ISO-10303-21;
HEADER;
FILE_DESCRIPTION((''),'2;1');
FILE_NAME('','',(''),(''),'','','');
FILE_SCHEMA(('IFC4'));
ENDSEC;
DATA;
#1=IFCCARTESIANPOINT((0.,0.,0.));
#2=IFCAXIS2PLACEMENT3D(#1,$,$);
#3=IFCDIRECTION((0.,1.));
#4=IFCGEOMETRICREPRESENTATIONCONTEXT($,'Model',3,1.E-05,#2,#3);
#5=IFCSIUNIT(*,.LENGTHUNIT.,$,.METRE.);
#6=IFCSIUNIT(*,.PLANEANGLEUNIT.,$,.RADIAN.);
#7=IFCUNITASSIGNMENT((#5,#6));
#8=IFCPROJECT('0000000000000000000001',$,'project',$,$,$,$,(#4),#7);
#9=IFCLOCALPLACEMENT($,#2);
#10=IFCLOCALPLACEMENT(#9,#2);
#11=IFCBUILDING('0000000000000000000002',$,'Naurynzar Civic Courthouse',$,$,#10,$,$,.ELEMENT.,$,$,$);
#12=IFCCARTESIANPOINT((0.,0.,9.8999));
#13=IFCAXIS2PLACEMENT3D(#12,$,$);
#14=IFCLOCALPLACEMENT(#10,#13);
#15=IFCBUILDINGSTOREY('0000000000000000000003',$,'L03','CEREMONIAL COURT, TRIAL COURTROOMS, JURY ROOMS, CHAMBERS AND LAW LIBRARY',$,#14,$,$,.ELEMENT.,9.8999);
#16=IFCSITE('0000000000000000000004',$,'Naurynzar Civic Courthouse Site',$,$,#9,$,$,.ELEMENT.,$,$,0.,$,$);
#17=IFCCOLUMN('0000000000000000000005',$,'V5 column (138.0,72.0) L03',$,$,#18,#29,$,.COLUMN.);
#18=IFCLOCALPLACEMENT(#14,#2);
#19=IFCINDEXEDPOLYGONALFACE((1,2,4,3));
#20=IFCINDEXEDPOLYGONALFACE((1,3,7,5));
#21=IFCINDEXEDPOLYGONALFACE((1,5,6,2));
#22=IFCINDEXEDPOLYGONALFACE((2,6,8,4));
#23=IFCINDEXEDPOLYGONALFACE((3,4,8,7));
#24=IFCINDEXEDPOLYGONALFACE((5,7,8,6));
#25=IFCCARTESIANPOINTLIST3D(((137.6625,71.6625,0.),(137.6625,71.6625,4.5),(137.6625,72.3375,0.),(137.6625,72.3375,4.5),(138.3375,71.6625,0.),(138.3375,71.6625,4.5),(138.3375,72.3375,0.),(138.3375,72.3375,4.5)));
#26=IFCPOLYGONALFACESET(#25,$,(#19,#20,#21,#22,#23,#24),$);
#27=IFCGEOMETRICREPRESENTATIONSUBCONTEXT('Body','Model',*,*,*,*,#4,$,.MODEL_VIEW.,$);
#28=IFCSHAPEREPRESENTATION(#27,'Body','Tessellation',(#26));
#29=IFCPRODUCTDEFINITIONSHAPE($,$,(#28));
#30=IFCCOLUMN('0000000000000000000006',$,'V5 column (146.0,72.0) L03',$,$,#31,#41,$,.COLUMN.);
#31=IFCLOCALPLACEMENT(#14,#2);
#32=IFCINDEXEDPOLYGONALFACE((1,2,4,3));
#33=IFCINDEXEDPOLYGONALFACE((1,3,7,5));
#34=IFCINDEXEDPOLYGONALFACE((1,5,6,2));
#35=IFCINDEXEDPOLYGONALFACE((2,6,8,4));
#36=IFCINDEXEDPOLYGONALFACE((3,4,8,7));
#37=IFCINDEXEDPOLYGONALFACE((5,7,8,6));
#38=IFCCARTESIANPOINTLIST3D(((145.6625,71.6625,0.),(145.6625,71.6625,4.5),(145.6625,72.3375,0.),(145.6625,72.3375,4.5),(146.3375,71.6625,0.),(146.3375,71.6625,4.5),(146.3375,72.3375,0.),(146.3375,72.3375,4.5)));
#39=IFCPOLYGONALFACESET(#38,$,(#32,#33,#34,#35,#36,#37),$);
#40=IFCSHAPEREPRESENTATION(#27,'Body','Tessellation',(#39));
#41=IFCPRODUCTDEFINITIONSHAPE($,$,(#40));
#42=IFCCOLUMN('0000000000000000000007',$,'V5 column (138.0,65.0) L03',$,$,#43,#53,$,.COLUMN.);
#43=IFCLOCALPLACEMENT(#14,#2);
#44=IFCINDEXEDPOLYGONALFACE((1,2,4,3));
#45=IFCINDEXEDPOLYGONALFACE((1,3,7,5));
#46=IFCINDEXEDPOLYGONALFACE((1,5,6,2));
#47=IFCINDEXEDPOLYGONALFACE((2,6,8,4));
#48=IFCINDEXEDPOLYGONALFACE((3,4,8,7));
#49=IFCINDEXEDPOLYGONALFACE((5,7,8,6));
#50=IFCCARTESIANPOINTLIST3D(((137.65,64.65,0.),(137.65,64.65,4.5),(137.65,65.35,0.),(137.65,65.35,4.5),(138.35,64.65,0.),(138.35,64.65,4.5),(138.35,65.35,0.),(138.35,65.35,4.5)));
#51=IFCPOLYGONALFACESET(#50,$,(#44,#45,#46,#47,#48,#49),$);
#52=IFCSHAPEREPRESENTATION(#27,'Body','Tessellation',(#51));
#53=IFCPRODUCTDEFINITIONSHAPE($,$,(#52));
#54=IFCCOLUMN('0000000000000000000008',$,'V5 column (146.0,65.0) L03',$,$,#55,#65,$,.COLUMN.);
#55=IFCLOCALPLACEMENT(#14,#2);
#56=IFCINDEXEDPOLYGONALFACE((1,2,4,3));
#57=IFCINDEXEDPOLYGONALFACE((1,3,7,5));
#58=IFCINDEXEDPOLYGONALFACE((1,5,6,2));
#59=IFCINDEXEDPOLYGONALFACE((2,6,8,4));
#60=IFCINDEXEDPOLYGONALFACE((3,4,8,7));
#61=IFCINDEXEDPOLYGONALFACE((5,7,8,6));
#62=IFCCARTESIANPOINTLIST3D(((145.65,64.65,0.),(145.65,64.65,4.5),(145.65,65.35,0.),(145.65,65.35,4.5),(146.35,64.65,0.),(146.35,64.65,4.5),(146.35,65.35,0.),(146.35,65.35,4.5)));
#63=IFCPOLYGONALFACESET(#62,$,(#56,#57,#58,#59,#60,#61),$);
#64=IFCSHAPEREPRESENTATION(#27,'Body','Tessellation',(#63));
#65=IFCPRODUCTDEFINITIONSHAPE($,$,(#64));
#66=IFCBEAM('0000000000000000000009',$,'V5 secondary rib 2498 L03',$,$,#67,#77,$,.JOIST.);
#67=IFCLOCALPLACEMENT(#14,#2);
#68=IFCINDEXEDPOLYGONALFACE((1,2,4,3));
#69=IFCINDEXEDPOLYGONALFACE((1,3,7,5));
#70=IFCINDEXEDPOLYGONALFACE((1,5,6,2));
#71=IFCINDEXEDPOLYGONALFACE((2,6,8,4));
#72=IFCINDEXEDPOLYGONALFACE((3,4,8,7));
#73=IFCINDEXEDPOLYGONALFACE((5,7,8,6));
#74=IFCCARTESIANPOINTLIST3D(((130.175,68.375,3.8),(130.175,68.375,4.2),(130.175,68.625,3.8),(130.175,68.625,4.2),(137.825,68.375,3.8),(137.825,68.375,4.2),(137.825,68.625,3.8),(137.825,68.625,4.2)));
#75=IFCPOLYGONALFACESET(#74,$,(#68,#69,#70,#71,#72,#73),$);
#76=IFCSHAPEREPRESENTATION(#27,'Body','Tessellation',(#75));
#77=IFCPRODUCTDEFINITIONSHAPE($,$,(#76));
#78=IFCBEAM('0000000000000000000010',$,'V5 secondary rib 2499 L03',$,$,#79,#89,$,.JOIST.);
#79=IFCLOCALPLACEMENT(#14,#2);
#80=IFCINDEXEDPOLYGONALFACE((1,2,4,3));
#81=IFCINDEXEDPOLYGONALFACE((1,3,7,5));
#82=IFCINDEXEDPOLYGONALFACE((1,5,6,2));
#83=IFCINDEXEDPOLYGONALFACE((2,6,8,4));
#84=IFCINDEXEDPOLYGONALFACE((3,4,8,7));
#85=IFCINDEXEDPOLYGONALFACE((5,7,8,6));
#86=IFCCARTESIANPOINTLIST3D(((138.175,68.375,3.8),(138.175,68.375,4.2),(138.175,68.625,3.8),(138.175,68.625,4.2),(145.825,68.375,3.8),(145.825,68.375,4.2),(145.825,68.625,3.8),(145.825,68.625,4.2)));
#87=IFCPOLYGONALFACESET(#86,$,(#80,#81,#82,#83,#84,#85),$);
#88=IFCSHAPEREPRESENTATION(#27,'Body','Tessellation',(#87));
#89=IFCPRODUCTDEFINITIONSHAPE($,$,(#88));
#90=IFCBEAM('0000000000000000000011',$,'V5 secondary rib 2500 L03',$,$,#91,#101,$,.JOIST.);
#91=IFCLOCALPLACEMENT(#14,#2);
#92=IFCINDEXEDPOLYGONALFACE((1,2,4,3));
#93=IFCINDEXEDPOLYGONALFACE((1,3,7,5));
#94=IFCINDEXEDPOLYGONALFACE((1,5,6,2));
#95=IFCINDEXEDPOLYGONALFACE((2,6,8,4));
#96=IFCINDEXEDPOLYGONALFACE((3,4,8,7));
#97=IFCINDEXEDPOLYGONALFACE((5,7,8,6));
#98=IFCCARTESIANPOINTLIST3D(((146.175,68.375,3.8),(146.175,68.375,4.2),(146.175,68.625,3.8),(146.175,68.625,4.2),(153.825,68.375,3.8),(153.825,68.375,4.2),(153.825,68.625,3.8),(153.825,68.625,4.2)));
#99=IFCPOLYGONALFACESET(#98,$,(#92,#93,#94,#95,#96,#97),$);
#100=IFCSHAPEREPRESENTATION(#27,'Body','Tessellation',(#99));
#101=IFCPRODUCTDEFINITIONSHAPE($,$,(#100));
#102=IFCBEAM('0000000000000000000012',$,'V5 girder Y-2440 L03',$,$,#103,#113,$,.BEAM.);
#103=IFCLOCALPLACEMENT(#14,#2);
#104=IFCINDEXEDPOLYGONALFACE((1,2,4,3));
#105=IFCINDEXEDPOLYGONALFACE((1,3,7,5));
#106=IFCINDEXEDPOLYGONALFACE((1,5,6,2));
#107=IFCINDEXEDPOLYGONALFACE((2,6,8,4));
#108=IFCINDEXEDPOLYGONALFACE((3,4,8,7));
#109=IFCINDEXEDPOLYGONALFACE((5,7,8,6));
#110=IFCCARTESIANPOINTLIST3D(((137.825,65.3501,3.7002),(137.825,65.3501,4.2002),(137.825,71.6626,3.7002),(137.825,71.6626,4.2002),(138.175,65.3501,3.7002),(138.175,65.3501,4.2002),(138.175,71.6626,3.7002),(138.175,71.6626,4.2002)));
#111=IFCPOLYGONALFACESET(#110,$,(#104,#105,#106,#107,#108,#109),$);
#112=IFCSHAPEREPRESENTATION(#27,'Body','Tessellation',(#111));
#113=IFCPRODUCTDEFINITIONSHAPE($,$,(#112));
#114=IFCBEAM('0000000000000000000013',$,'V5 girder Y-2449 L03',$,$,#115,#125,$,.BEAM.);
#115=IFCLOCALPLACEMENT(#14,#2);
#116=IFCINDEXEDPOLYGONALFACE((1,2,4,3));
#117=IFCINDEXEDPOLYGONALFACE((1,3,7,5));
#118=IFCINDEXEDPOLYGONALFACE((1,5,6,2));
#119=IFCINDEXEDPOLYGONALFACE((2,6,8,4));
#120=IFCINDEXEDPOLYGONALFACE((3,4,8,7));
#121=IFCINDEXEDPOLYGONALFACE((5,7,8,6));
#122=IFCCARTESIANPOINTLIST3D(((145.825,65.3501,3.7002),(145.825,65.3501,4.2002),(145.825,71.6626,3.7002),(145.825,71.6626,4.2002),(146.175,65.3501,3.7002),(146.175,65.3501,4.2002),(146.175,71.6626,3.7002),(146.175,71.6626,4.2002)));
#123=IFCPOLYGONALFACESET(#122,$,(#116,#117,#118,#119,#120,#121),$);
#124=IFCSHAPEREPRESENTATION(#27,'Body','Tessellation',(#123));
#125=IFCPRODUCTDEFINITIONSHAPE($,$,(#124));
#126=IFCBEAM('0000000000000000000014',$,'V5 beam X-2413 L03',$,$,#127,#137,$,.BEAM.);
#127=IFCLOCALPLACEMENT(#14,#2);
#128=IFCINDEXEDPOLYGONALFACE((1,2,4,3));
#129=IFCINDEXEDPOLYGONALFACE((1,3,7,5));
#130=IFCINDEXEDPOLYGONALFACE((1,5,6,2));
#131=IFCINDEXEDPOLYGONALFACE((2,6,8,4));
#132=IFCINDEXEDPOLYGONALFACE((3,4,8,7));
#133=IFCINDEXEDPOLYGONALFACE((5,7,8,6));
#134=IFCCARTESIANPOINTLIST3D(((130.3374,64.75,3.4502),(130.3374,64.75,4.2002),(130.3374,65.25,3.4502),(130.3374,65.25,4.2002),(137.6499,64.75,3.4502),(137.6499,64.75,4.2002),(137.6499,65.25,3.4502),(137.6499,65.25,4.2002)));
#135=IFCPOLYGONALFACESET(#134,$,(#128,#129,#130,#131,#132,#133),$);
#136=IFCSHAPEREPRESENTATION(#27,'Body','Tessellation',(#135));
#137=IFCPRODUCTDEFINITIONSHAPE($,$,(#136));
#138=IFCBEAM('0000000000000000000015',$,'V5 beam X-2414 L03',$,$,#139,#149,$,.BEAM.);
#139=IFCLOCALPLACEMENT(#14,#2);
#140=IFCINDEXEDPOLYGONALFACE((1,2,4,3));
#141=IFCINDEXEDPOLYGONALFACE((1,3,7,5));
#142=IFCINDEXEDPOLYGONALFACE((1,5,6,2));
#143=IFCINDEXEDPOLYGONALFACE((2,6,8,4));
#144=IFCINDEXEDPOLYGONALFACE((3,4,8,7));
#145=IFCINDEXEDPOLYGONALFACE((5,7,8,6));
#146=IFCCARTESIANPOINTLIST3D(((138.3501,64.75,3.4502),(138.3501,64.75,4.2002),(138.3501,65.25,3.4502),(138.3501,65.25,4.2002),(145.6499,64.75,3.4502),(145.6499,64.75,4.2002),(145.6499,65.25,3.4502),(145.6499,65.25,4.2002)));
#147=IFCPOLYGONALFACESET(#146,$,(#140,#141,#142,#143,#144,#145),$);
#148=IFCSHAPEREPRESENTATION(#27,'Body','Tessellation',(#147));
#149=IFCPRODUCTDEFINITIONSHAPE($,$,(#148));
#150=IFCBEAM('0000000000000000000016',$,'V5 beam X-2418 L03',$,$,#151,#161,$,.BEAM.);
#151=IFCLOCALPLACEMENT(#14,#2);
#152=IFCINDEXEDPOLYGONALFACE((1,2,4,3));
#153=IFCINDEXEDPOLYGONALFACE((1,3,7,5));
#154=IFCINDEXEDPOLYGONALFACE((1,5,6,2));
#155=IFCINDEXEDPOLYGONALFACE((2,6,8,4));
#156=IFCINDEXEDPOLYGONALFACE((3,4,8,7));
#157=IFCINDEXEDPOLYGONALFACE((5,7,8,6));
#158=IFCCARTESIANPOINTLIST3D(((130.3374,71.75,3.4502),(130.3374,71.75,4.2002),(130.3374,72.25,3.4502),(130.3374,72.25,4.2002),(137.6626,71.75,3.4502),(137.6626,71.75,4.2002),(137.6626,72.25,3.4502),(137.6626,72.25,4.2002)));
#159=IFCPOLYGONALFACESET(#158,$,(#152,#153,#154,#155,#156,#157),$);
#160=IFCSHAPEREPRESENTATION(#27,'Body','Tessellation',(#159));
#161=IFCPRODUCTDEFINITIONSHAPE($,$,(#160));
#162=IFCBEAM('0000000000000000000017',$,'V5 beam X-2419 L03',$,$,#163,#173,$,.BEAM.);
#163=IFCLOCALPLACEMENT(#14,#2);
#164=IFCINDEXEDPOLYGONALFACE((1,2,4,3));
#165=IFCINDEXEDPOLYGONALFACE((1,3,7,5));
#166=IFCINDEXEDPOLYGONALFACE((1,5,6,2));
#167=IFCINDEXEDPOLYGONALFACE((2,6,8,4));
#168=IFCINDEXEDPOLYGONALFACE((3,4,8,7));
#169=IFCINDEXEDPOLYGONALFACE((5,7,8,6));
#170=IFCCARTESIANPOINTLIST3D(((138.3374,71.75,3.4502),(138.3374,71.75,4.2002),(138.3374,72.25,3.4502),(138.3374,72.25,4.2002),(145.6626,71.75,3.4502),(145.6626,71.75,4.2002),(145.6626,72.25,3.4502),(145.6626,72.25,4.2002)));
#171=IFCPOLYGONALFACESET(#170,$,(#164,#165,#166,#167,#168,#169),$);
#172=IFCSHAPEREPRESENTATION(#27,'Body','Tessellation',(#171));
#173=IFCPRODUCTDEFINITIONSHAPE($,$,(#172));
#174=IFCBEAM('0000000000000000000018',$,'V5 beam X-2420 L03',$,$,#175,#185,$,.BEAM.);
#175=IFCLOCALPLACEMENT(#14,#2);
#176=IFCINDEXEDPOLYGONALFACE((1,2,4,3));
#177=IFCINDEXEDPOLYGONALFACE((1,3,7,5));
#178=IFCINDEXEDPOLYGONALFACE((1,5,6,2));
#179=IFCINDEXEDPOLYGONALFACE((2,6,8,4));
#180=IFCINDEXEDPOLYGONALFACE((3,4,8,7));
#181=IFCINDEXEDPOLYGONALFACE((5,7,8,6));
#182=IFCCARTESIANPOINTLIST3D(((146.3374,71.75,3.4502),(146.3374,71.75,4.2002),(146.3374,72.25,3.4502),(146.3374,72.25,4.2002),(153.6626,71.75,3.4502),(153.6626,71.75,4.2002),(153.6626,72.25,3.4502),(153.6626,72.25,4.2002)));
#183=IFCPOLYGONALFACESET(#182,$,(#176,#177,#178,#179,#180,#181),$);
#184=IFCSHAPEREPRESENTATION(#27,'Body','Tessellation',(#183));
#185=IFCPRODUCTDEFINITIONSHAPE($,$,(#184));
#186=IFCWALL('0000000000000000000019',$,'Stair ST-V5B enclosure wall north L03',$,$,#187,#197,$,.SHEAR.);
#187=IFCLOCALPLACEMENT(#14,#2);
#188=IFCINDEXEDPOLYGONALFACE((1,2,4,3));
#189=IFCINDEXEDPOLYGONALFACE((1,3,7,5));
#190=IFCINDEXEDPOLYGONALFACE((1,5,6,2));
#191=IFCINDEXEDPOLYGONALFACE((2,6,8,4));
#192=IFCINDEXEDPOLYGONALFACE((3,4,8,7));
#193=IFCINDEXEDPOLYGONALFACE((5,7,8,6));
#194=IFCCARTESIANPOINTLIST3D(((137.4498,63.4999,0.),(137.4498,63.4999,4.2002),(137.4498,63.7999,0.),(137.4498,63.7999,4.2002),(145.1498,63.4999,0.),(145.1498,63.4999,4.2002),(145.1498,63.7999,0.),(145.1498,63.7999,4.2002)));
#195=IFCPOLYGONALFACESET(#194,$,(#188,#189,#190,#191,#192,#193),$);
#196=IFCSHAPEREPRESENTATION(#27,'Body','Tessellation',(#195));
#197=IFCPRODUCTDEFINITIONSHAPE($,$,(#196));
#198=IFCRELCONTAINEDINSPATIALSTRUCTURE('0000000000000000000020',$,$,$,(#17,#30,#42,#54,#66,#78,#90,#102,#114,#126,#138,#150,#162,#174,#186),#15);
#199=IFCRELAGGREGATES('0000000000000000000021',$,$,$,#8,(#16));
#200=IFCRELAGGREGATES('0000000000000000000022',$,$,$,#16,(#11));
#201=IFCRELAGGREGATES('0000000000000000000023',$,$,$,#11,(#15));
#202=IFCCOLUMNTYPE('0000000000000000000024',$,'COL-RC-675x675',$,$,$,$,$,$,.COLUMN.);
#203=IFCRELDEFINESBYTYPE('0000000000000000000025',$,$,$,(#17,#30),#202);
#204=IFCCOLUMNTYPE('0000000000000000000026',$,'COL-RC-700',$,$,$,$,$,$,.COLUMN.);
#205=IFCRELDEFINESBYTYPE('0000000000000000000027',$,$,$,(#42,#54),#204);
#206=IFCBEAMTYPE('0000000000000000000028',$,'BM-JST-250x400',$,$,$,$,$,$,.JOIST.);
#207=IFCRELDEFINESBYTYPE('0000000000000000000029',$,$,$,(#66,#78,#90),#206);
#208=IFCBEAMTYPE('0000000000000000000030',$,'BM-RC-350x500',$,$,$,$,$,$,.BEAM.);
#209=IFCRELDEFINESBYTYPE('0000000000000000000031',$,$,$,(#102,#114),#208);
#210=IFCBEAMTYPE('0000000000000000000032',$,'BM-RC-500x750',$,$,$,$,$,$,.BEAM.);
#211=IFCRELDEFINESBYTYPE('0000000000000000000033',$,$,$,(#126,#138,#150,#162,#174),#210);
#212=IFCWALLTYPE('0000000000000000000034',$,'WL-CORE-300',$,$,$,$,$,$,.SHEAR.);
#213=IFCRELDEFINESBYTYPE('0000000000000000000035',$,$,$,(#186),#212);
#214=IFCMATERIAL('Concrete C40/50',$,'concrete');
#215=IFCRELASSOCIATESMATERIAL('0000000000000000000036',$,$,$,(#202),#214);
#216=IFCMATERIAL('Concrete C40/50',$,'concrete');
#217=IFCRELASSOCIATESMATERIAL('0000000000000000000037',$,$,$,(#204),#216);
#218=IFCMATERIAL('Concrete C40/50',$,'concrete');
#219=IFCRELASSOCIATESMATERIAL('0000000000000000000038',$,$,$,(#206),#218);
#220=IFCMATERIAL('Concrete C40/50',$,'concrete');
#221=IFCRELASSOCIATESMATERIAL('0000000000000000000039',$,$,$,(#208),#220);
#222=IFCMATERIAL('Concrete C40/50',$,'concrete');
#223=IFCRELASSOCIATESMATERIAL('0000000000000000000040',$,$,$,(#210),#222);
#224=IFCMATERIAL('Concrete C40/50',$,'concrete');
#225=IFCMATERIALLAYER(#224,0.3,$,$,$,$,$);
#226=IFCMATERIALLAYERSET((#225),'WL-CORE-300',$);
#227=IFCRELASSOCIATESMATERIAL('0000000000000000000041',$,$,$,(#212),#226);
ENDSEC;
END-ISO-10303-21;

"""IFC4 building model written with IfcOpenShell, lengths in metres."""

from ifc_helpers import new_model, si_unit, direction, frame, frame_2d, origin, origin_2d, place, context, subcontext, project, spatial, rectangle, extrude, material, layer, layer_set, material_profile, profile_set, type_object, element, save


model = new_model("IFC4")

# Units and contexts
model_context = context("Model", 3, precision=1e-05, world=origin(), true_north=direction((0.0, 1.0)))
body_context = subcontext(model_context, "Body", "Model", "MODEL_VIEW")
ifc_project = project(units=[si_unit("LENGTHUNIT", "METRE"), si_unit("PLANEANGLEUNIT", "RADIAN")], contexts=[model_context])

# Site, building, storey
site_placement = place(None, origin())
site = spatial("IfcSite", under=ifc_project, at=site_placement, Name="Naurynzar Civic Courthouse Site", CompositionType="ELEMENT", RefElevation=0.0)
building_placement = place(site_placement, origin())
building = spatial("IfcBuilding", under=site, at=building_placement, Name="Naurynzar Civic Courthouse", CompositionType="ELEMENT")
storey_placement = place(building_placement, frame((0.0, 0.0, 9.8999)))
storey = spatial("IfcBuildingStorey", under=building, at=storey_placement, Name="L03", Description="CEREMONIAL COURT, TRIAL COURTROOMS, JURY ROOMS, CHAMBERS AND LAW LIBRARY", CompositionType="ELEMENT", Elevation=9.8999)

# Columns
ifc_material_1 = material(Name="Concrete C40/50", Category="concrete")
ifc_material_profile_1 = material_profile(ifc_material_1, rectangle(XDim=0.675, YDim=0.675, at=origin_2d()), Name="RC 675x675")
ifc_profile_set_1 = profile_set([ifc_material_profile_1], Name="Concrete C40/50")
column_type_1 = type_object("IfcColumnType", Name="COL-RC-675x675", PredefinedType="COLUMN", material=ifc_profile_set_1)
for number, where, z_axis, x_axis, name in (
    (1, (138.0, 72.0, 0.0), (0.0, 0.0, 1.0), (1.0, 0.0, 0.0), "V5 column (138.0,72.0) L03"),
    (2, (146.0, 72.0, 0.0), (0.0, 0.0, 1.0), (1.0, 0.0, 0.0), "V5 column (146.0,72.0) L03"),
):
    element("IfcColumn", number, at=place(storey_placement, frame(where, z_axis=z_axis, x_axis=x_axis)), inside=storey, type_object=column_type_1, Name=name, PredefinedType="COLUMN", context=body_context, shape_type="SweptSolid", body=[
        extrude(rectangle(XDim=0.675, YDim=0.675, at=origin_2d()), origin(), (0.0, 0.0, 1.0), 4.5),
    ])
ifc_material_2 = material(Name="Concrete C40/50", Category="concrete")
ifc_material_profile_2 = material_profile(ifc_material_2, rectangle(XDim=0.7, YDim=0.7, at=origin_2d()), Name="RC 700x700")
ifc_profile_set_2 = profile_set([ifc_material_profile_2], Name="Concrete C40/50")
column_type_2 = type_object("IfcColumnType", Name="COL-RC-700", PredefinedType="COLUMN", material=ifc_profile_set_2)
for number, where, z_axis, x_axis, name in (
    (3, (138.0, 65.0, 0.0), (0.0, 0.0, 1.0), (1.0, 0.0, 0.0), "V5 column (138.0,65.0) L03"),
    (4, (146.0, 65.0, 0.0), (0.0, 0.0, 1.0), (1.0, 0.0, 0.0), "V5 column (146.0,65.0) L03"),
):
    element("IfcColumn", number, at=place(storey_placement, frame(where, z_axis=z_axis, x_axis=x_axis)), inside=storey, type_object=column_type_2, Name=name, PredefinedType="COLUMN", context=body_context, shape_type="SweptSolid", body=[
        extrude(rectangle(XDim=0.7, YDim=0.7, at=origin_2d()), origin(), (0.0, 0.0, 1.0), 4.5),
    ])

# Beams
ifc_material_3 = material(Name="Concrete C40/50", Category="concrete")
ifc_material_profile_3 = material_profile(ifc_material_3, rectangle(XDim=0.25, YDim=0.3999, at=origin_2d()), Name="RCB 250x400")
ifc_profile_set_3 = profile_set([ifc_material_profile_3], Name="Concrete C40/50")
beam_type_1 = type_object("IfcBeamType", Name="BM-JST-250x400", PredefinedType="JOIST", material=ifc_profile_set_3)
for number, where, z_axis, x_axis, name in (
    (5, (130.175, 68.5, 4.0), (1.0, 0.0, 0.0), (0.0, 1.0, 0.0), "V5 secondary rib 2498 L03"),
    (6, (138.175, 68.5, 4.0), (1.0, 0.0, 0.0), (0.0, 1.0, 0.0), "V5 secondary rib 2499 L03"),
    (7, (146.175, 68.5, 4.0), (1.0, 0.0, 0.0), (0.0, 1.0, 0.0), "V5 secondary rib 2500 L03"),
):
    element("IfcBeam", number, at=place(storey_placement, frame(where, z_axis=z_axis, x_axis=x_axis)), inside=storey, type_object=beam_type_1, Name=name, PredefinedType="JOIST", context=body_context, shape_type="SweptSolid", body=[
        extrude(rectangle(XDim=0.25, YDim=0.3999, at=origin_2d()), origin(), (0.0, 0.0, 1.0), 7.6499),
    ])
ifc_material_4 = material(Name="Concrete C40/50", Category="concrete")
ifc_material_profile_4 = material_profile(ifc_material_4, rectangle(XDim=0.3501, YDim=0.5, at=origin_2d()), Name="RCB 350x500")
ifc_profile_set_4 = profile_set([ifc_material_profile_4], Name="Concrete C40/50")
beam_type_2 = type_object("IfcBeamType", Name="BM-RC-350x500", PredefinedType="BEAM", material=ifc_profile_set_4)
for number, where, z_axis, x_axis, name in (
    (8, (138.0, 65.3501, 3.9502), (0.0, 1.0, 0.0), (-1.0, 0.0, 0.0), "V5 girder Y-2440 L03"),
    (9, (146.0, 65.3501, 3.9502), (0.0, 1.0, 0.0), (-1.0, 0.0, 0.0), "V5 girder Y-2449 L03"),
):
    element("IfcBeam", number, at=place(storey_placement, frame(where, z_axis=z_axis, x_axis=x_axis)), inside=storey, type_object=beam_type_2, Name=name, PredefinedType="BEAM", context=body_context, shape_type="SweptSolid", body=[
        extrude(rectangle(XDim=0.3501, YDim=0.5, at=origin_2d()), origin(), (0.0, 0.0, 1.0), 6.3125),
    ])
ifc_material_5 = material(Name="Concrete C40/50", Category="concrete")
ifc_material_profile_5 = material_profile(ifc_material_5, rectangle(XDim=0.5, YDim=0.75, at=origin_2d()), Name="RCB 500x750")
ifc_profile_set_5 = profile_set([ifc_material_profile_5], Name="Concrete C40/50")
beam_type_3 = type_object("IfcBeamType", Name="BM-RC-500x750", PredefinedType="BEAM", material=ifc_profile_set_5)
beam_1_placement = place(storey_placement, frame((130.3374, 65.0, 3.8252), z_axis=(1.0, 0.0, 0.0), x_axis=(0.0, 1.0, 0.0)))
element("IfcBeam", 10, at=beam_1_placement, inside=storey, type_object=beam_type_3, Name="V5 beam X-2413 L03", PredefinedType="BEAM", context=body_context, shape_type="SweptSolid", body=[
    extrude(rectangle(XDim=0.5, YDim=0.75, at=origin_2d()), origin(), (0.0, 0.0, 1.0), 7.3125),
])
beam_2_placement = place(storey_placement, frame((138.3501, 65.0, 3.8252), z_axis=(1.0, 0.0, 0.0), x_axis=(0.0, 1.0, 0.0)))
element("IfcBeam", 11, at=beam_2_placement, inside=storey, type_object=beam_type_3, Name="V5 beam X-2414 L03", PredefinedType="BEAM", context=body_context, shape_type="SweptSolid", body=[
    extrude(rectangle(XDim=0.5, YDim=0.75, at=origin_2d()), origin(), (0.0, 0.0, 1.0), 7.2998),
])
for number, where, z_axis, x_axis, name in (
    (12, (130.3374, 72.0, 3.8252), (1.0, 0.0, 0.0), (0.0, 1.0, 0.0), "V5 beam X-2418 L03"),
    (13, (138.3374, 72.0, 3.8252), (1.0, 0.0, 0.0), (0.0, 1.0, 0.0), "V5 beam X-2419 L03"),
    (14, (146.3374, 72.0, 3.8252), (1.0, 0.0, 0.0), (0.0, 1.0, 0.0), "V5 beam X-2420 L03"),
):
    element("IfcBeam", number, at=place(storey_placement, frame(where, z_axis=z_axis, x_axis=x_axis)), inside=storey, type_object=beam_type_3, Name=name, PredefinedType="BEAM", context=body_context, shape_type="SweptSolid", body=[
        extrude(rectangle(XDim=0.5, YDim=0.75, at=origin_2d()), origin(), (0.0, 0.0, 1.0), 7.3252),
    ])

# Wall
ifc_material_6 = material(Name="Concrete C40/50", Category="concrete")
ifc_layer_1 = layer(ifc_material_6, 0.3)
ifc_layer_set_1 = layer_set([ifc_layer_1], Name="WL-CORE-300")
wall_type_1 = type_object("IfcWallType", Name="WL-CORE-300", PredefinedType="SHEAR", material=ifc_layer_set_1)
wall_1_placement = place(storey_placement, frame((145.1499, 63.6499, 0.0), z_axis=(0.0, 0.0, 1.0), x_axis=(-1.0, 0.0, 0.0)))
element("IfcWall", 15, at=wall_1_placement, inside=storey, type_object=wall_type_1, Name="Stair ST-V5B enclosure wall north L03", PredefinedType="SHEAR", context=body_context, shape_type="SweptSolid", body=[
    extrude(rectangle(XDim=7.7, YDim=0.3, at=frame_2d((3.8501, 0.0))), origin(), (0.0, 0.0, 1.0), 4.2002),
])

save(model, "model.ifc")
